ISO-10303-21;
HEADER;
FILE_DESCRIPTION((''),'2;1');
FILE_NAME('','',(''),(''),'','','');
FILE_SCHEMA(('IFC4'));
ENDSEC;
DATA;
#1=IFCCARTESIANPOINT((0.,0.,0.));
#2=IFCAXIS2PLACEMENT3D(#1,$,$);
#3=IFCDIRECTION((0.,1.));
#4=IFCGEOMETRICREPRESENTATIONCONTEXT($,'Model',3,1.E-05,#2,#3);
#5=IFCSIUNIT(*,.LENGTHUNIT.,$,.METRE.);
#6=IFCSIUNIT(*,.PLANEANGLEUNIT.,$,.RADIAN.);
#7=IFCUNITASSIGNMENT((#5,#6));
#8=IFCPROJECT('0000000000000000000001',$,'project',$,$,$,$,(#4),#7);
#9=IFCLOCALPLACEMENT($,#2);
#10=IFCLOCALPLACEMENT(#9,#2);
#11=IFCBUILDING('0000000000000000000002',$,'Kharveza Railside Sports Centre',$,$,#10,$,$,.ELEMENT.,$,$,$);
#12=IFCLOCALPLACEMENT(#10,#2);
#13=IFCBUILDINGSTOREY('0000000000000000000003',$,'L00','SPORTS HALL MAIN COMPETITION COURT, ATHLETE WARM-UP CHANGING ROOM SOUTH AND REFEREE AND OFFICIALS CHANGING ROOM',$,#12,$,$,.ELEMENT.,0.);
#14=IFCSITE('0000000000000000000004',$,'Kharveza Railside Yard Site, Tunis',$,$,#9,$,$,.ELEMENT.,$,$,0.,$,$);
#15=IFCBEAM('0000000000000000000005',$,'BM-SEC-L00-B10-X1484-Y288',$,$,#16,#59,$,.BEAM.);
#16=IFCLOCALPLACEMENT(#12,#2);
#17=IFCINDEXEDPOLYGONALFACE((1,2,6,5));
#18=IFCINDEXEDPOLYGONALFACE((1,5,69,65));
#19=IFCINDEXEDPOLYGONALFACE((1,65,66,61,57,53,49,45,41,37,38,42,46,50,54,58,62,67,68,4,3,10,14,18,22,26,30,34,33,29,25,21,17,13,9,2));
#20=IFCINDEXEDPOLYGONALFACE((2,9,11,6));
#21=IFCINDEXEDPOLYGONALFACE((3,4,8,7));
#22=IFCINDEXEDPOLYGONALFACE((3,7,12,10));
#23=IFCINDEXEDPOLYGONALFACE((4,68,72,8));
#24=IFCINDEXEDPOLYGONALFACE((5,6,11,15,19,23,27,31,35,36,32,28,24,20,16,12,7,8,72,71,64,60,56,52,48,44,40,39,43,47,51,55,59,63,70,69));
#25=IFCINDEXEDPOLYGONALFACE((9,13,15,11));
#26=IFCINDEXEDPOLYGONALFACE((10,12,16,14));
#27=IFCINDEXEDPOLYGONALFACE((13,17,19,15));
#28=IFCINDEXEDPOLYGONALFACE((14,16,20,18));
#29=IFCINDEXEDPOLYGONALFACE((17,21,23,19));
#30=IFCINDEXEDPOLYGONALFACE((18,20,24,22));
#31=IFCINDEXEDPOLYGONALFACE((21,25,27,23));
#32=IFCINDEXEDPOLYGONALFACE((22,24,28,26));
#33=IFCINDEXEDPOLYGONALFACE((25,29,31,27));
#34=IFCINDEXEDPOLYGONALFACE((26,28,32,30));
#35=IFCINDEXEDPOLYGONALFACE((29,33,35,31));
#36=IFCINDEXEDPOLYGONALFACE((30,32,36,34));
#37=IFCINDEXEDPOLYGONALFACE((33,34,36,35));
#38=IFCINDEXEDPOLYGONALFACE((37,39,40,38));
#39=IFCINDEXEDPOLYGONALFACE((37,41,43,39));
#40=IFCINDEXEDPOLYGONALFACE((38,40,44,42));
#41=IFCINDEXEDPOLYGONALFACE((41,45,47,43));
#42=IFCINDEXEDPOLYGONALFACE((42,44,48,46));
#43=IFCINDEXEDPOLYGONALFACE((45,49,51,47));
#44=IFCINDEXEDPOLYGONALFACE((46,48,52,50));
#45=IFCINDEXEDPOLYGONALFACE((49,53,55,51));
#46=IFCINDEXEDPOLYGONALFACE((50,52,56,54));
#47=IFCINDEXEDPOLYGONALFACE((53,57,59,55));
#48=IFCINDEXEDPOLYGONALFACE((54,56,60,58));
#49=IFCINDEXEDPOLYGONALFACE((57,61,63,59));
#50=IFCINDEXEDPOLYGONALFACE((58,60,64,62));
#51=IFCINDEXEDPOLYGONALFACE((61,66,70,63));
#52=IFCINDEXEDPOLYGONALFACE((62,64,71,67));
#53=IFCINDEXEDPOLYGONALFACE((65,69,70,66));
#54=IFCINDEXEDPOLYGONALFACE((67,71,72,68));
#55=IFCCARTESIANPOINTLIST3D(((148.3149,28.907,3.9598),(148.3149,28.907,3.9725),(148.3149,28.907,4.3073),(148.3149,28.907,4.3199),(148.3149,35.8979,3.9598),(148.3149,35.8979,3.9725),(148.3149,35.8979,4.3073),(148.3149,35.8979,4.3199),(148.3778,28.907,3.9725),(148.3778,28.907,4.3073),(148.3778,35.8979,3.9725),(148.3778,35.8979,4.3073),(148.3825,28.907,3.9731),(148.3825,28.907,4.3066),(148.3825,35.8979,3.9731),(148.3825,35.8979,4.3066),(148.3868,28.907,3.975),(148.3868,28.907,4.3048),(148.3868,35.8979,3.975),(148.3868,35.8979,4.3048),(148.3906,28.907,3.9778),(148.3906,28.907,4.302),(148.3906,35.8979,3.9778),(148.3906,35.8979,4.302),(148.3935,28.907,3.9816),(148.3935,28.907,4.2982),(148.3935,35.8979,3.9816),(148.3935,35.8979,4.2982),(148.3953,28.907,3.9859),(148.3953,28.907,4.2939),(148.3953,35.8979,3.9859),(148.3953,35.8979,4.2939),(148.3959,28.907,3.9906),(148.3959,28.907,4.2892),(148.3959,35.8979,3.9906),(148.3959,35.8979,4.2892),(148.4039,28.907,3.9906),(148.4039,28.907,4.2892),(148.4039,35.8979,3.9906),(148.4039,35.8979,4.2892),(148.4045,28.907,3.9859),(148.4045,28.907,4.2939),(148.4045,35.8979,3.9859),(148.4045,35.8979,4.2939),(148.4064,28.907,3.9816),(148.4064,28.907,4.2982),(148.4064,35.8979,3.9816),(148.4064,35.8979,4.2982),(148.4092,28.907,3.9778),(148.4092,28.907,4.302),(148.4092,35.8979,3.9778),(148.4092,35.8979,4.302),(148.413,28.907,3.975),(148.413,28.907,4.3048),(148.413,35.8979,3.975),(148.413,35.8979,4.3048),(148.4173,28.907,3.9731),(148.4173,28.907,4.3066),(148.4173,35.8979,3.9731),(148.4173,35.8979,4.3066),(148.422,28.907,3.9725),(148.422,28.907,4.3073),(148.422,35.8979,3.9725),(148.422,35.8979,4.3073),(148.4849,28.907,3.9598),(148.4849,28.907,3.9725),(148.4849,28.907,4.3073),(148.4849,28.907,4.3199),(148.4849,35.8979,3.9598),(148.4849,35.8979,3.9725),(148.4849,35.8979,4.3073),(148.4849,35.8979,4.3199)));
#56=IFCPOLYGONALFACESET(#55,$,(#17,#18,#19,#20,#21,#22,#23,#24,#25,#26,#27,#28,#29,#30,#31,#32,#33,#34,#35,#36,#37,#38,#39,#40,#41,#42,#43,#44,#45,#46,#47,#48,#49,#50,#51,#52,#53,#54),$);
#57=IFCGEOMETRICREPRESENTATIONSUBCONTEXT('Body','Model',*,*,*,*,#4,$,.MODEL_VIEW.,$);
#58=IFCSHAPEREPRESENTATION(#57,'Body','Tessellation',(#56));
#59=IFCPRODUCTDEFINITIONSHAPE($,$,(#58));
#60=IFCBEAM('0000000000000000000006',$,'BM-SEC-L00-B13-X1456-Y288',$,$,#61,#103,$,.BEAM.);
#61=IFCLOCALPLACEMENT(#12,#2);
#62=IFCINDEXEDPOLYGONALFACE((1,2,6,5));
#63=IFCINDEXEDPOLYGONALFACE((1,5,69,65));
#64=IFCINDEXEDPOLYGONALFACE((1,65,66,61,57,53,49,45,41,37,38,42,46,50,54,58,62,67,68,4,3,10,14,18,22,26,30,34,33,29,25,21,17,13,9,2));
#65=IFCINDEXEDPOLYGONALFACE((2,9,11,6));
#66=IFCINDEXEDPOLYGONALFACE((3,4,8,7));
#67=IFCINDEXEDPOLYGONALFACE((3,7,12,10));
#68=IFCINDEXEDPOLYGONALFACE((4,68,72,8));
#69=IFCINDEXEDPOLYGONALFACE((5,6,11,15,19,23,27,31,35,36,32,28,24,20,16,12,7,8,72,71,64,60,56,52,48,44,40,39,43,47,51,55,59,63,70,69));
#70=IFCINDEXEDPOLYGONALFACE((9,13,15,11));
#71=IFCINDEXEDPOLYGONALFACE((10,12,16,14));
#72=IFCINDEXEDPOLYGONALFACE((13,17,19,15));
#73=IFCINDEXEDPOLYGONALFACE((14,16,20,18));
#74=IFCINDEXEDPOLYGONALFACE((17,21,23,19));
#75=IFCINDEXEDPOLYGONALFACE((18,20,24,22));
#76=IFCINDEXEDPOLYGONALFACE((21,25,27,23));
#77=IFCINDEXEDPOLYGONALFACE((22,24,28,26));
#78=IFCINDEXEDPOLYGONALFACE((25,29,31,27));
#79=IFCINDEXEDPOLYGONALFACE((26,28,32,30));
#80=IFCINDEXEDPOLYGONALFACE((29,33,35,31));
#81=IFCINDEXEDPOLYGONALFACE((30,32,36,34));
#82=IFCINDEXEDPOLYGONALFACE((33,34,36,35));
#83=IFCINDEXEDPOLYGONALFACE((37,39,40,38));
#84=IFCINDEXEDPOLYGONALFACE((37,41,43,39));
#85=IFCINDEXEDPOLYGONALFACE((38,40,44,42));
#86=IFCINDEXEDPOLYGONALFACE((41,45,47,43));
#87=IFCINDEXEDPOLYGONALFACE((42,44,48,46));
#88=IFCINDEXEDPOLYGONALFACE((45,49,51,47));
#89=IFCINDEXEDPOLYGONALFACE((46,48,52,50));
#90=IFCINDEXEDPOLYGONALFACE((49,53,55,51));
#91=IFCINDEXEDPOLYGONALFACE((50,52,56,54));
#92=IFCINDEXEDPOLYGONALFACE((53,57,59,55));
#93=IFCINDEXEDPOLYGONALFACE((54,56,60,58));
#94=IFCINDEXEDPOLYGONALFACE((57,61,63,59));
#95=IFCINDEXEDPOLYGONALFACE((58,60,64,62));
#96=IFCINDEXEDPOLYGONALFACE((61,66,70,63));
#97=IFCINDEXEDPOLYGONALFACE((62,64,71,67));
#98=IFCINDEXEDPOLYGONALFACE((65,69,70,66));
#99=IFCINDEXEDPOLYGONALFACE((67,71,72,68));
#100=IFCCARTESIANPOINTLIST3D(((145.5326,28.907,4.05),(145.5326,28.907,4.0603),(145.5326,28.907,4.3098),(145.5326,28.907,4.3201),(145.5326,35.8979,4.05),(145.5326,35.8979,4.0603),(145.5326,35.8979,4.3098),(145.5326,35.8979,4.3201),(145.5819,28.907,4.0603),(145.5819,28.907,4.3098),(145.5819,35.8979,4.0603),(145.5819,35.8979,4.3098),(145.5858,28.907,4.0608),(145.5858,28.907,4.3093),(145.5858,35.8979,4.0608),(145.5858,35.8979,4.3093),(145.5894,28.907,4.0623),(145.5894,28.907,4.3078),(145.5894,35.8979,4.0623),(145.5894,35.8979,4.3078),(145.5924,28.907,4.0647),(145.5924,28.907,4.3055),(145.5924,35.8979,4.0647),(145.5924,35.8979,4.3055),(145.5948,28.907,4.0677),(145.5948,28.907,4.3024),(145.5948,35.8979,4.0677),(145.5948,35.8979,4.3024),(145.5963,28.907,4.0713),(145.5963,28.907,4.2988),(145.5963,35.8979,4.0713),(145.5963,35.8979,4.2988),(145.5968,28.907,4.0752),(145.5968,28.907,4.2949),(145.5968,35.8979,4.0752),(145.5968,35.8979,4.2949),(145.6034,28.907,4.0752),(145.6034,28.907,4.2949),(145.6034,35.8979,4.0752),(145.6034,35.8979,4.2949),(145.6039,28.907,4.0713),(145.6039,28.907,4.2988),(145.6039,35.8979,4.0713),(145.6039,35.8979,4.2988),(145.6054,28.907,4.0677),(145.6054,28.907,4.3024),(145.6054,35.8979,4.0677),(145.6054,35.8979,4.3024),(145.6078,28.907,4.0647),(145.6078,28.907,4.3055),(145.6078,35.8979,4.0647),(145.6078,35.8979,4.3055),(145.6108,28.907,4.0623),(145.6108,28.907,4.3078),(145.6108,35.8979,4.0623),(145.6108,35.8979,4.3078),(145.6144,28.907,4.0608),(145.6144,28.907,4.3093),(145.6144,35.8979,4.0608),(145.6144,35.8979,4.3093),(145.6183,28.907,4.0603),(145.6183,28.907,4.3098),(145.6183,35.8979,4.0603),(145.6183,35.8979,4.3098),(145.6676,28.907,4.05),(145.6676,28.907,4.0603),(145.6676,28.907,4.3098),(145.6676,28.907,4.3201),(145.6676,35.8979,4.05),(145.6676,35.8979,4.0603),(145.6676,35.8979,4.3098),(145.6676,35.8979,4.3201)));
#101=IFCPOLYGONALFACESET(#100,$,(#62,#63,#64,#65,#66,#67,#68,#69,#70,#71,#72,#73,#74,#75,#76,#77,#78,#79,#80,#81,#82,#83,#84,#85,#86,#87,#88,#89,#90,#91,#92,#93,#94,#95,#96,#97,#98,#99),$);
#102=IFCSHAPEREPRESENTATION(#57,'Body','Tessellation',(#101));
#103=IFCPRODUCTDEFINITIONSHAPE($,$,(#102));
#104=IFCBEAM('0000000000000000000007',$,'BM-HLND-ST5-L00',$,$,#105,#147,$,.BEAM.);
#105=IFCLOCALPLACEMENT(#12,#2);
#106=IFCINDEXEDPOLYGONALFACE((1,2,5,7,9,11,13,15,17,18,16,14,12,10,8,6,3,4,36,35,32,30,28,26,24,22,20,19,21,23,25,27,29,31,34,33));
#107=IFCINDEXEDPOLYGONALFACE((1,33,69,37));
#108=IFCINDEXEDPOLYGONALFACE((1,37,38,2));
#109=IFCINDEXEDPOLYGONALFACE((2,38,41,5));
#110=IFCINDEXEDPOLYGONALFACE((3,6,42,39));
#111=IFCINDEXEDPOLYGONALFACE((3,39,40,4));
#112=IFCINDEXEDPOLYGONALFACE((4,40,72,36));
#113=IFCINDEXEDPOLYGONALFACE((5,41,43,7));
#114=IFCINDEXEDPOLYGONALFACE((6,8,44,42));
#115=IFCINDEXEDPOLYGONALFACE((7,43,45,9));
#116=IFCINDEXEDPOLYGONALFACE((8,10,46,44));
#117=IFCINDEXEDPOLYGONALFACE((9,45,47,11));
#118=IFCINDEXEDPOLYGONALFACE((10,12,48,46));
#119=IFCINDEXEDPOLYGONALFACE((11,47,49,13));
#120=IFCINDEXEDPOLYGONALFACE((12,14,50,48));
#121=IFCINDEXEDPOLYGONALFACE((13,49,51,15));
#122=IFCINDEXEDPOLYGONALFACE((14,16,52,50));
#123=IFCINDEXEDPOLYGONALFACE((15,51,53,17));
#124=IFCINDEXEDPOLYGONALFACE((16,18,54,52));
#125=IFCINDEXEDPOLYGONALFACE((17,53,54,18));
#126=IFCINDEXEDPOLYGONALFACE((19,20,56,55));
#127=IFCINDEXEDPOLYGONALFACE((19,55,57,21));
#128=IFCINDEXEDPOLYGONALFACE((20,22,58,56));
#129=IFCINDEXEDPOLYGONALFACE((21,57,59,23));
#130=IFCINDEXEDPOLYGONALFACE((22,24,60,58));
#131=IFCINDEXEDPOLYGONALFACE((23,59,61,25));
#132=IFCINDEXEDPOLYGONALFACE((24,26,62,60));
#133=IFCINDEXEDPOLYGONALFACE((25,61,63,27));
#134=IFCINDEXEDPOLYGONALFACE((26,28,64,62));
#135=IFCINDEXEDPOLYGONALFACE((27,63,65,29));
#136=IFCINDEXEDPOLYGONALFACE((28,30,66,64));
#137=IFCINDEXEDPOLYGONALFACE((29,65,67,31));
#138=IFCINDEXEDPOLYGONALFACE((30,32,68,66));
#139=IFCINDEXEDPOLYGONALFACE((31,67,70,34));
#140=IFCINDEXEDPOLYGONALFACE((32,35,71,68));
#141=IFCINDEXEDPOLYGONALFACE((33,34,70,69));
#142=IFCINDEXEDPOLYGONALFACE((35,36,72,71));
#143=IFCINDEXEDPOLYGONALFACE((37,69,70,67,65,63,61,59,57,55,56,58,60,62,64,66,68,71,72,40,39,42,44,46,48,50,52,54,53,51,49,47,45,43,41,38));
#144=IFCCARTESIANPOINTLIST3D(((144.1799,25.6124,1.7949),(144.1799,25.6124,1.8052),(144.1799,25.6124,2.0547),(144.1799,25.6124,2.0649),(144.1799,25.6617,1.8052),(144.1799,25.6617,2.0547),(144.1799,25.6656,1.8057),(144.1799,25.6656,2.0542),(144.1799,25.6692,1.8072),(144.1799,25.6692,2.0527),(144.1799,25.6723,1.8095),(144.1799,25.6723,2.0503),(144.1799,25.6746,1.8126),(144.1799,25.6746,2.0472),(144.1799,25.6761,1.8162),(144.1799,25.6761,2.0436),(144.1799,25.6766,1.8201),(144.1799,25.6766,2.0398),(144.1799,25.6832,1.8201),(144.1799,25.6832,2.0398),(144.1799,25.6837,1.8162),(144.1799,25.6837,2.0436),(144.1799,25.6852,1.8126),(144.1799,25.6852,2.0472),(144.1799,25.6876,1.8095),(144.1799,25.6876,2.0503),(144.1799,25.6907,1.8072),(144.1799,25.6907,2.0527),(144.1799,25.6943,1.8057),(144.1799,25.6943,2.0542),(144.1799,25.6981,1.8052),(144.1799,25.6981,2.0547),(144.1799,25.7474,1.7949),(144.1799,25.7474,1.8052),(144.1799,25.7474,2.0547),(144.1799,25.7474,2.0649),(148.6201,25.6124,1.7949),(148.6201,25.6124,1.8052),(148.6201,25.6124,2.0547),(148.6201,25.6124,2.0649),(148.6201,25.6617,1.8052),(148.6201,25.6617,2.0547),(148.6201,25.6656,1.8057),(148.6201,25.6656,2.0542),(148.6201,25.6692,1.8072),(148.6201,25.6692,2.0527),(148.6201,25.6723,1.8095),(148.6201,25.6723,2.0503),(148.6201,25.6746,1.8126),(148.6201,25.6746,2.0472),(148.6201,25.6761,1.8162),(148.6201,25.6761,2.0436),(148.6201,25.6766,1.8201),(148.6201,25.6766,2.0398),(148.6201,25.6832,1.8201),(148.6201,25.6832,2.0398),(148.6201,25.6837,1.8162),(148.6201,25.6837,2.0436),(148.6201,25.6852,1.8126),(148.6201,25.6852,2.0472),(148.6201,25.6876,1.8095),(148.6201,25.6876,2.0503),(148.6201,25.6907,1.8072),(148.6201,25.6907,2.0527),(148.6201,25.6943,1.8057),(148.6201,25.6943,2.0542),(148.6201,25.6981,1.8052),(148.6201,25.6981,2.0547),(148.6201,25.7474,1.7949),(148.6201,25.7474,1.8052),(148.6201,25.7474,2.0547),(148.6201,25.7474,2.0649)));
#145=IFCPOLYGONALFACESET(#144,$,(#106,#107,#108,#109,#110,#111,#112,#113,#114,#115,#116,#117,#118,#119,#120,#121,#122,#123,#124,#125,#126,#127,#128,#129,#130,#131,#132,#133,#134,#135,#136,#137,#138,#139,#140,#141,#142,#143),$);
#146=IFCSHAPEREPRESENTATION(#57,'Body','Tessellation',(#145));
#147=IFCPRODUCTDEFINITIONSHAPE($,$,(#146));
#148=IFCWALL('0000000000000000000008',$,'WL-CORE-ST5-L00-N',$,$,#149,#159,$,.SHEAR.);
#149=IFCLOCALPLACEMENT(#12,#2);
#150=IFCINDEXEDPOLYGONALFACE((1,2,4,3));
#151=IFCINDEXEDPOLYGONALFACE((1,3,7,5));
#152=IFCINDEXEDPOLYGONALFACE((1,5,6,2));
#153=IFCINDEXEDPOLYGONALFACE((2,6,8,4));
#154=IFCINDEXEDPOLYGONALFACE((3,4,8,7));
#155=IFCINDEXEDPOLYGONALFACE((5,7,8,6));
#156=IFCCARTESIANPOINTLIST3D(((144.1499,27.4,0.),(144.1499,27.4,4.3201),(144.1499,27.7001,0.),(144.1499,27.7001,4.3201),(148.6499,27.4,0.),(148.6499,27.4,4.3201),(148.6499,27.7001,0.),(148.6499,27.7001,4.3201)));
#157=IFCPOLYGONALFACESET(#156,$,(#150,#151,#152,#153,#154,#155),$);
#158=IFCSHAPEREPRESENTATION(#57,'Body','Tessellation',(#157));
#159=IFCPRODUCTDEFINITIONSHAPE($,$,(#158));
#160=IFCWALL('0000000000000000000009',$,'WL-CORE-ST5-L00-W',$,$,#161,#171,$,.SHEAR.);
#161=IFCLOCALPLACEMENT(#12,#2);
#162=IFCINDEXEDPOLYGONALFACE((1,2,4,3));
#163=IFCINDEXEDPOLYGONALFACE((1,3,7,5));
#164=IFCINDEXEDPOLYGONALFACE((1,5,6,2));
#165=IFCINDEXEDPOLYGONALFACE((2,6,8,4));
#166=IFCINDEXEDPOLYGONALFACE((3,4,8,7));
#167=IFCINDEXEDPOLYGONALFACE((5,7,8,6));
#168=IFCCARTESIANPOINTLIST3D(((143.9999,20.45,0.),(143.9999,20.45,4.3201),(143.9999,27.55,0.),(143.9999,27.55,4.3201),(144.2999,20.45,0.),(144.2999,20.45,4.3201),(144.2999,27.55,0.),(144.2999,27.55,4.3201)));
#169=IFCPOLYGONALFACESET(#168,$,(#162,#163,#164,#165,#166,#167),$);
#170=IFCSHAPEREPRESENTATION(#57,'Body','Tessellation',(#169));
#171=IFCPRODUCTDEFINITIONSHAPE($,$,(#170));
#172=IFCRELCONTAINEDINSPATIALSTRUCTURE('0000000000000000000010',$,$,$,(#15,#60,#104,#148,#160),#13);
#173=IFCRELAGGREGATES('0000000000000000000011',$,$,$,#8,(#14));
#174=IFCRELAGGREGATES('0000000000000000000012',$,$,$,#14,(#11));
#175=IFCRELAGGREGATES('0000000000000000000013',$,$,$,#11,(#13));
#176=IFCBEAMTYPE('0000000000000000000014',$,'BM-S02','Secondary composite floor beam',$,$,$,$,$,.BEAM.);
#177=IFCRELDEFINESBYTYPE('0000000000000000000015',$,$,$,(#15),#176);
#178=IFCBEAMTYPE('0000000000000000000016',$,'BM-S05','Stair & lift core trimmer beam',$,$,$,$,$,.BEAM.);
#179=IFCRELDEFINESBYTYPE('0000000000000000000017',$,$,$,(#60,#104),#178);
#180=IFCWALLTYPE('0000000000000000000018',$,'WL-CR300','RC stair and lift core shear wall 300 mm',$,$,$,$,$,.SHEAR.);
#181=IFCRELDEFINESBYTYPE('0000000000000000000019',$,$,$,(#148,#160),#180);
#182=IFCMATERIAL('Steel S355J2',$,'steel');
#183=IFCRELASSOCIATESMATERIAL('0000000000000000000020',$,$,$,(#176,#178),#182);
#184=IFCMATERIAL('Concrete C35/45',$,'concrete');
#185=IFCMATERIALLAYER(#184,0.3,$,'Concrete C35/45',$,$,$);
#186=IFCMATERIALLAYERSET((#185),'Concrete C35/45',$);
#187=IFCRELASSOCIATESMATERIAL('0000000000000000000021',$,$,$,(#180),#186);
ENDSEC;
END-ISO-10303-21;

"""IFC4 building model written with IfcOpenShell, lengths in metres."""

from ifc_helpers import new_model, si_unit, direction, frame, frame_2d, origin, origin_2d, place, context, subcontext, project, spatial, rectangle, i_section, extrude, material, layer, layer_set, material_profile, profile_set, type_object, element, save


model = new_model("IFC4")

# Units and contexts
model_context = context("Model", 3, precision=1e-05, world=origin(), true_north=direction((0.0, 1.0)))
body_context = subcontext(model_context, "Body", "Model", "MODEL_VIEW")
ifc_project = project(units=[si_unit("LENGTHUNIT", "METRE"), si_unit("PLANEANGLEUNIT", "RADIAN")], contexts=[model_context])

# Site, building, storey
site_placement = place(None, origin())
site = spatial("IfcSite", under=ifc_project, at=site_placement, Name="Kharveza Railside Yard Site, Tunis", CompositionType="ELEMENT", RefElevation=0.0)
building_placement = place(site_placement, origin())
building = spatial("IfcBuilding", under=site, at=building_placement, Name="Kharveza Railside Sports Centre", CompositionType="ELEMENT")
storey_placement = place(building_placement, origin())
storey = spatial("IfcBuildingStorey", under=building, at=storey_placement, Name="L00", Description="SPORTS HALL MAIN COMPETITION COURT, ATHLETE WARM-UP CHANGING ROOM SOUTH AND REFEREE AND OFFICIALS CHANGING ROOM", CompositionType="ELEMENT", Elevation=0.0)

# Shared definitions
ifc_material_1 = material(Name="Concrete C35/45", Category="concrete")

# Beams
ifc_material_2 = material(Name="Steel S355J2", Category="steel")
ifc_material_profile_1 = material_profile(ifc_material_2, i_section(OverallWidth=0.1699, OverallDepth=0.3601, WebThickness=0.0081, FlangeThickness=0.0127, FilletRadius=0.0181, at=origin_2d()), Name="IPE 360")
ifc_profile_set_1 = profile_set([ifc_material_profile_1], Name="Steel S355J2")
beam_type_1 = type_object("IfcBeamType", Name="BM-S02", Description="Secondary composite floor beam", PredefinedType="BEAM", material=ifc_profile_set_1)
beam_1_placement = place(storey_placement, frame((148.3999, 28.907, 4.1399), z_axis=(0.0, 1.0, 0.0), x_axis=(-1.0, 0.0, 0.0)))
element("IfcBeam", 1, at=beam_1_placement, inside=storey, type_object=beam_type_1, Name="BM-SEC-L00-B10-X1484-Y288", PredefinedType="BEAM", context=body_context, shape_type="SweptSolid", body=[
    extrude(i_section(OverallWidth=0.1699, OverallDepth=0.3601, WebThickness=0.0081, FlangeThickness=0.0127, FilletRadius=0.0181, at=origin_2d()), origin(), (0.0, 0.0, 1.0), 6.991),
])
ifc_material_profile_2 = material_profile(ifc_material_2, i_section(OverallWidth=0.135, OverallDepth=0.27, WebThickness=0.0066, FlangeThickness=0.0103, FilletRadius=0.0149, at=origin_2d()), Name="IPE 270")
ifc_profile_set_2 = profile_set([ifc_material_profile_2], Name="Steel S355J2")
beam_type_2 = type_object("IfcBeamType", Name="BM-S05", Description="Stair & lift core trimmer beam", PredefinedType="BEAM", material=ifc_profile_set_2)
beam_2_placement = place(storey_placement, frame((145.6001, 28.907, 4.1851), z_axis=(0.0, 1.0, 0.0), x_axis=(-1.0, 0.0, 0.0)))
element("IfcBeam", 2, at=beam_2_placement, inside=storey, type_object=beam_type_2, Name="BM-SEC-L00-B13-X1456-Y288", PredefinedType="BEAM", context=body_context, shape_type="SweptSolid", body=[
    extrude(i_section(OverallWidth=0.135, OverallDepth=0.27, WebThickness=0.0066, FlangeThickness=0.0103, FilletRadius=0.0149, at=origin_2d()), origin(), (0.0, 0.0, 1.0), 6.991),
])
beam_3_placement = place(storey_placement, frame((144.1799, 25.6799, 1.9299), z_axis=(1.0, 0.0, 0.0), x_axis=(0.0, 1.0, 0.0)))
element("IfcBeam", 3, at=beam_3_placement, inside=storey, type_object=beam_type_2, Name="BM-HLND-ST5-L00", PredefinedType="BEAM", context=body_context, shape_type="SweptSolid", body=[
    extrude(i_section(OverallWidth=0.135, OverallDepth=0.27, WebThickness=0.0066, FlangeThickness=0.0103, FilletRadius=0.0149, at=origin_2d()), origin(), (0.0, 0.0, 1.0), 4.4402),
])

# Walls
ifc_layer = layer(ifc_material_1, 0.3, Name="Concrete C35/45")
ifc_layer_set = layer_set([ifc_layer], Name="Concrete C35/45")
wall_type = type_object("IfcWallType", Name="WL-CR300", Description="RC stair and lift core shear wall 300 mm", PredefinedType="SHEAR", material=ifc_layer_set)
wall_1_placement = place(storey_placement, frame((148.6499, 27.55, 0.0), z_axis=(0.0, 0.0, 1.0), x_axis=(-1.0, 0.0, 0.0)))
element("IfcWall", 4, at=wall_1_placement, inside=storey, type_object=wall_type, Name="WL-CORE-ST5-L00-N", PredefinedType="SHEAR", context=body_context, shape_type="SweptSolid", body=[
    extrude(rectangle(XDim=4.5, YDim=0.3, at=frame_2d((2.25, 0.0))), origin(), (0.0, 0.0, 1.0), 4.3201),
])
wall_2_placement = place(storey_placement, frame((144.1499, 27.55, 0.0), z_axis=(0.0, 0.0, 1.0), x_axis=(0.0, -1.0, 0.0)))
element("IfcWall", 5, at=wall_2_placement, inside=storey, type_object=wall_type, Name="WL-CORE-ST5-L00-W", PredefinedType="SHEAR", context=body_context, shape_type="SweptSolid", body=[
    extrude(rectangle(XDim=7.1001, YDim=0.3, at=frame_2d((3.55, 0.0))), origin(), (0.0, 0.0, 1.0), 4.3201),
])

save(model, "model.ifc")
